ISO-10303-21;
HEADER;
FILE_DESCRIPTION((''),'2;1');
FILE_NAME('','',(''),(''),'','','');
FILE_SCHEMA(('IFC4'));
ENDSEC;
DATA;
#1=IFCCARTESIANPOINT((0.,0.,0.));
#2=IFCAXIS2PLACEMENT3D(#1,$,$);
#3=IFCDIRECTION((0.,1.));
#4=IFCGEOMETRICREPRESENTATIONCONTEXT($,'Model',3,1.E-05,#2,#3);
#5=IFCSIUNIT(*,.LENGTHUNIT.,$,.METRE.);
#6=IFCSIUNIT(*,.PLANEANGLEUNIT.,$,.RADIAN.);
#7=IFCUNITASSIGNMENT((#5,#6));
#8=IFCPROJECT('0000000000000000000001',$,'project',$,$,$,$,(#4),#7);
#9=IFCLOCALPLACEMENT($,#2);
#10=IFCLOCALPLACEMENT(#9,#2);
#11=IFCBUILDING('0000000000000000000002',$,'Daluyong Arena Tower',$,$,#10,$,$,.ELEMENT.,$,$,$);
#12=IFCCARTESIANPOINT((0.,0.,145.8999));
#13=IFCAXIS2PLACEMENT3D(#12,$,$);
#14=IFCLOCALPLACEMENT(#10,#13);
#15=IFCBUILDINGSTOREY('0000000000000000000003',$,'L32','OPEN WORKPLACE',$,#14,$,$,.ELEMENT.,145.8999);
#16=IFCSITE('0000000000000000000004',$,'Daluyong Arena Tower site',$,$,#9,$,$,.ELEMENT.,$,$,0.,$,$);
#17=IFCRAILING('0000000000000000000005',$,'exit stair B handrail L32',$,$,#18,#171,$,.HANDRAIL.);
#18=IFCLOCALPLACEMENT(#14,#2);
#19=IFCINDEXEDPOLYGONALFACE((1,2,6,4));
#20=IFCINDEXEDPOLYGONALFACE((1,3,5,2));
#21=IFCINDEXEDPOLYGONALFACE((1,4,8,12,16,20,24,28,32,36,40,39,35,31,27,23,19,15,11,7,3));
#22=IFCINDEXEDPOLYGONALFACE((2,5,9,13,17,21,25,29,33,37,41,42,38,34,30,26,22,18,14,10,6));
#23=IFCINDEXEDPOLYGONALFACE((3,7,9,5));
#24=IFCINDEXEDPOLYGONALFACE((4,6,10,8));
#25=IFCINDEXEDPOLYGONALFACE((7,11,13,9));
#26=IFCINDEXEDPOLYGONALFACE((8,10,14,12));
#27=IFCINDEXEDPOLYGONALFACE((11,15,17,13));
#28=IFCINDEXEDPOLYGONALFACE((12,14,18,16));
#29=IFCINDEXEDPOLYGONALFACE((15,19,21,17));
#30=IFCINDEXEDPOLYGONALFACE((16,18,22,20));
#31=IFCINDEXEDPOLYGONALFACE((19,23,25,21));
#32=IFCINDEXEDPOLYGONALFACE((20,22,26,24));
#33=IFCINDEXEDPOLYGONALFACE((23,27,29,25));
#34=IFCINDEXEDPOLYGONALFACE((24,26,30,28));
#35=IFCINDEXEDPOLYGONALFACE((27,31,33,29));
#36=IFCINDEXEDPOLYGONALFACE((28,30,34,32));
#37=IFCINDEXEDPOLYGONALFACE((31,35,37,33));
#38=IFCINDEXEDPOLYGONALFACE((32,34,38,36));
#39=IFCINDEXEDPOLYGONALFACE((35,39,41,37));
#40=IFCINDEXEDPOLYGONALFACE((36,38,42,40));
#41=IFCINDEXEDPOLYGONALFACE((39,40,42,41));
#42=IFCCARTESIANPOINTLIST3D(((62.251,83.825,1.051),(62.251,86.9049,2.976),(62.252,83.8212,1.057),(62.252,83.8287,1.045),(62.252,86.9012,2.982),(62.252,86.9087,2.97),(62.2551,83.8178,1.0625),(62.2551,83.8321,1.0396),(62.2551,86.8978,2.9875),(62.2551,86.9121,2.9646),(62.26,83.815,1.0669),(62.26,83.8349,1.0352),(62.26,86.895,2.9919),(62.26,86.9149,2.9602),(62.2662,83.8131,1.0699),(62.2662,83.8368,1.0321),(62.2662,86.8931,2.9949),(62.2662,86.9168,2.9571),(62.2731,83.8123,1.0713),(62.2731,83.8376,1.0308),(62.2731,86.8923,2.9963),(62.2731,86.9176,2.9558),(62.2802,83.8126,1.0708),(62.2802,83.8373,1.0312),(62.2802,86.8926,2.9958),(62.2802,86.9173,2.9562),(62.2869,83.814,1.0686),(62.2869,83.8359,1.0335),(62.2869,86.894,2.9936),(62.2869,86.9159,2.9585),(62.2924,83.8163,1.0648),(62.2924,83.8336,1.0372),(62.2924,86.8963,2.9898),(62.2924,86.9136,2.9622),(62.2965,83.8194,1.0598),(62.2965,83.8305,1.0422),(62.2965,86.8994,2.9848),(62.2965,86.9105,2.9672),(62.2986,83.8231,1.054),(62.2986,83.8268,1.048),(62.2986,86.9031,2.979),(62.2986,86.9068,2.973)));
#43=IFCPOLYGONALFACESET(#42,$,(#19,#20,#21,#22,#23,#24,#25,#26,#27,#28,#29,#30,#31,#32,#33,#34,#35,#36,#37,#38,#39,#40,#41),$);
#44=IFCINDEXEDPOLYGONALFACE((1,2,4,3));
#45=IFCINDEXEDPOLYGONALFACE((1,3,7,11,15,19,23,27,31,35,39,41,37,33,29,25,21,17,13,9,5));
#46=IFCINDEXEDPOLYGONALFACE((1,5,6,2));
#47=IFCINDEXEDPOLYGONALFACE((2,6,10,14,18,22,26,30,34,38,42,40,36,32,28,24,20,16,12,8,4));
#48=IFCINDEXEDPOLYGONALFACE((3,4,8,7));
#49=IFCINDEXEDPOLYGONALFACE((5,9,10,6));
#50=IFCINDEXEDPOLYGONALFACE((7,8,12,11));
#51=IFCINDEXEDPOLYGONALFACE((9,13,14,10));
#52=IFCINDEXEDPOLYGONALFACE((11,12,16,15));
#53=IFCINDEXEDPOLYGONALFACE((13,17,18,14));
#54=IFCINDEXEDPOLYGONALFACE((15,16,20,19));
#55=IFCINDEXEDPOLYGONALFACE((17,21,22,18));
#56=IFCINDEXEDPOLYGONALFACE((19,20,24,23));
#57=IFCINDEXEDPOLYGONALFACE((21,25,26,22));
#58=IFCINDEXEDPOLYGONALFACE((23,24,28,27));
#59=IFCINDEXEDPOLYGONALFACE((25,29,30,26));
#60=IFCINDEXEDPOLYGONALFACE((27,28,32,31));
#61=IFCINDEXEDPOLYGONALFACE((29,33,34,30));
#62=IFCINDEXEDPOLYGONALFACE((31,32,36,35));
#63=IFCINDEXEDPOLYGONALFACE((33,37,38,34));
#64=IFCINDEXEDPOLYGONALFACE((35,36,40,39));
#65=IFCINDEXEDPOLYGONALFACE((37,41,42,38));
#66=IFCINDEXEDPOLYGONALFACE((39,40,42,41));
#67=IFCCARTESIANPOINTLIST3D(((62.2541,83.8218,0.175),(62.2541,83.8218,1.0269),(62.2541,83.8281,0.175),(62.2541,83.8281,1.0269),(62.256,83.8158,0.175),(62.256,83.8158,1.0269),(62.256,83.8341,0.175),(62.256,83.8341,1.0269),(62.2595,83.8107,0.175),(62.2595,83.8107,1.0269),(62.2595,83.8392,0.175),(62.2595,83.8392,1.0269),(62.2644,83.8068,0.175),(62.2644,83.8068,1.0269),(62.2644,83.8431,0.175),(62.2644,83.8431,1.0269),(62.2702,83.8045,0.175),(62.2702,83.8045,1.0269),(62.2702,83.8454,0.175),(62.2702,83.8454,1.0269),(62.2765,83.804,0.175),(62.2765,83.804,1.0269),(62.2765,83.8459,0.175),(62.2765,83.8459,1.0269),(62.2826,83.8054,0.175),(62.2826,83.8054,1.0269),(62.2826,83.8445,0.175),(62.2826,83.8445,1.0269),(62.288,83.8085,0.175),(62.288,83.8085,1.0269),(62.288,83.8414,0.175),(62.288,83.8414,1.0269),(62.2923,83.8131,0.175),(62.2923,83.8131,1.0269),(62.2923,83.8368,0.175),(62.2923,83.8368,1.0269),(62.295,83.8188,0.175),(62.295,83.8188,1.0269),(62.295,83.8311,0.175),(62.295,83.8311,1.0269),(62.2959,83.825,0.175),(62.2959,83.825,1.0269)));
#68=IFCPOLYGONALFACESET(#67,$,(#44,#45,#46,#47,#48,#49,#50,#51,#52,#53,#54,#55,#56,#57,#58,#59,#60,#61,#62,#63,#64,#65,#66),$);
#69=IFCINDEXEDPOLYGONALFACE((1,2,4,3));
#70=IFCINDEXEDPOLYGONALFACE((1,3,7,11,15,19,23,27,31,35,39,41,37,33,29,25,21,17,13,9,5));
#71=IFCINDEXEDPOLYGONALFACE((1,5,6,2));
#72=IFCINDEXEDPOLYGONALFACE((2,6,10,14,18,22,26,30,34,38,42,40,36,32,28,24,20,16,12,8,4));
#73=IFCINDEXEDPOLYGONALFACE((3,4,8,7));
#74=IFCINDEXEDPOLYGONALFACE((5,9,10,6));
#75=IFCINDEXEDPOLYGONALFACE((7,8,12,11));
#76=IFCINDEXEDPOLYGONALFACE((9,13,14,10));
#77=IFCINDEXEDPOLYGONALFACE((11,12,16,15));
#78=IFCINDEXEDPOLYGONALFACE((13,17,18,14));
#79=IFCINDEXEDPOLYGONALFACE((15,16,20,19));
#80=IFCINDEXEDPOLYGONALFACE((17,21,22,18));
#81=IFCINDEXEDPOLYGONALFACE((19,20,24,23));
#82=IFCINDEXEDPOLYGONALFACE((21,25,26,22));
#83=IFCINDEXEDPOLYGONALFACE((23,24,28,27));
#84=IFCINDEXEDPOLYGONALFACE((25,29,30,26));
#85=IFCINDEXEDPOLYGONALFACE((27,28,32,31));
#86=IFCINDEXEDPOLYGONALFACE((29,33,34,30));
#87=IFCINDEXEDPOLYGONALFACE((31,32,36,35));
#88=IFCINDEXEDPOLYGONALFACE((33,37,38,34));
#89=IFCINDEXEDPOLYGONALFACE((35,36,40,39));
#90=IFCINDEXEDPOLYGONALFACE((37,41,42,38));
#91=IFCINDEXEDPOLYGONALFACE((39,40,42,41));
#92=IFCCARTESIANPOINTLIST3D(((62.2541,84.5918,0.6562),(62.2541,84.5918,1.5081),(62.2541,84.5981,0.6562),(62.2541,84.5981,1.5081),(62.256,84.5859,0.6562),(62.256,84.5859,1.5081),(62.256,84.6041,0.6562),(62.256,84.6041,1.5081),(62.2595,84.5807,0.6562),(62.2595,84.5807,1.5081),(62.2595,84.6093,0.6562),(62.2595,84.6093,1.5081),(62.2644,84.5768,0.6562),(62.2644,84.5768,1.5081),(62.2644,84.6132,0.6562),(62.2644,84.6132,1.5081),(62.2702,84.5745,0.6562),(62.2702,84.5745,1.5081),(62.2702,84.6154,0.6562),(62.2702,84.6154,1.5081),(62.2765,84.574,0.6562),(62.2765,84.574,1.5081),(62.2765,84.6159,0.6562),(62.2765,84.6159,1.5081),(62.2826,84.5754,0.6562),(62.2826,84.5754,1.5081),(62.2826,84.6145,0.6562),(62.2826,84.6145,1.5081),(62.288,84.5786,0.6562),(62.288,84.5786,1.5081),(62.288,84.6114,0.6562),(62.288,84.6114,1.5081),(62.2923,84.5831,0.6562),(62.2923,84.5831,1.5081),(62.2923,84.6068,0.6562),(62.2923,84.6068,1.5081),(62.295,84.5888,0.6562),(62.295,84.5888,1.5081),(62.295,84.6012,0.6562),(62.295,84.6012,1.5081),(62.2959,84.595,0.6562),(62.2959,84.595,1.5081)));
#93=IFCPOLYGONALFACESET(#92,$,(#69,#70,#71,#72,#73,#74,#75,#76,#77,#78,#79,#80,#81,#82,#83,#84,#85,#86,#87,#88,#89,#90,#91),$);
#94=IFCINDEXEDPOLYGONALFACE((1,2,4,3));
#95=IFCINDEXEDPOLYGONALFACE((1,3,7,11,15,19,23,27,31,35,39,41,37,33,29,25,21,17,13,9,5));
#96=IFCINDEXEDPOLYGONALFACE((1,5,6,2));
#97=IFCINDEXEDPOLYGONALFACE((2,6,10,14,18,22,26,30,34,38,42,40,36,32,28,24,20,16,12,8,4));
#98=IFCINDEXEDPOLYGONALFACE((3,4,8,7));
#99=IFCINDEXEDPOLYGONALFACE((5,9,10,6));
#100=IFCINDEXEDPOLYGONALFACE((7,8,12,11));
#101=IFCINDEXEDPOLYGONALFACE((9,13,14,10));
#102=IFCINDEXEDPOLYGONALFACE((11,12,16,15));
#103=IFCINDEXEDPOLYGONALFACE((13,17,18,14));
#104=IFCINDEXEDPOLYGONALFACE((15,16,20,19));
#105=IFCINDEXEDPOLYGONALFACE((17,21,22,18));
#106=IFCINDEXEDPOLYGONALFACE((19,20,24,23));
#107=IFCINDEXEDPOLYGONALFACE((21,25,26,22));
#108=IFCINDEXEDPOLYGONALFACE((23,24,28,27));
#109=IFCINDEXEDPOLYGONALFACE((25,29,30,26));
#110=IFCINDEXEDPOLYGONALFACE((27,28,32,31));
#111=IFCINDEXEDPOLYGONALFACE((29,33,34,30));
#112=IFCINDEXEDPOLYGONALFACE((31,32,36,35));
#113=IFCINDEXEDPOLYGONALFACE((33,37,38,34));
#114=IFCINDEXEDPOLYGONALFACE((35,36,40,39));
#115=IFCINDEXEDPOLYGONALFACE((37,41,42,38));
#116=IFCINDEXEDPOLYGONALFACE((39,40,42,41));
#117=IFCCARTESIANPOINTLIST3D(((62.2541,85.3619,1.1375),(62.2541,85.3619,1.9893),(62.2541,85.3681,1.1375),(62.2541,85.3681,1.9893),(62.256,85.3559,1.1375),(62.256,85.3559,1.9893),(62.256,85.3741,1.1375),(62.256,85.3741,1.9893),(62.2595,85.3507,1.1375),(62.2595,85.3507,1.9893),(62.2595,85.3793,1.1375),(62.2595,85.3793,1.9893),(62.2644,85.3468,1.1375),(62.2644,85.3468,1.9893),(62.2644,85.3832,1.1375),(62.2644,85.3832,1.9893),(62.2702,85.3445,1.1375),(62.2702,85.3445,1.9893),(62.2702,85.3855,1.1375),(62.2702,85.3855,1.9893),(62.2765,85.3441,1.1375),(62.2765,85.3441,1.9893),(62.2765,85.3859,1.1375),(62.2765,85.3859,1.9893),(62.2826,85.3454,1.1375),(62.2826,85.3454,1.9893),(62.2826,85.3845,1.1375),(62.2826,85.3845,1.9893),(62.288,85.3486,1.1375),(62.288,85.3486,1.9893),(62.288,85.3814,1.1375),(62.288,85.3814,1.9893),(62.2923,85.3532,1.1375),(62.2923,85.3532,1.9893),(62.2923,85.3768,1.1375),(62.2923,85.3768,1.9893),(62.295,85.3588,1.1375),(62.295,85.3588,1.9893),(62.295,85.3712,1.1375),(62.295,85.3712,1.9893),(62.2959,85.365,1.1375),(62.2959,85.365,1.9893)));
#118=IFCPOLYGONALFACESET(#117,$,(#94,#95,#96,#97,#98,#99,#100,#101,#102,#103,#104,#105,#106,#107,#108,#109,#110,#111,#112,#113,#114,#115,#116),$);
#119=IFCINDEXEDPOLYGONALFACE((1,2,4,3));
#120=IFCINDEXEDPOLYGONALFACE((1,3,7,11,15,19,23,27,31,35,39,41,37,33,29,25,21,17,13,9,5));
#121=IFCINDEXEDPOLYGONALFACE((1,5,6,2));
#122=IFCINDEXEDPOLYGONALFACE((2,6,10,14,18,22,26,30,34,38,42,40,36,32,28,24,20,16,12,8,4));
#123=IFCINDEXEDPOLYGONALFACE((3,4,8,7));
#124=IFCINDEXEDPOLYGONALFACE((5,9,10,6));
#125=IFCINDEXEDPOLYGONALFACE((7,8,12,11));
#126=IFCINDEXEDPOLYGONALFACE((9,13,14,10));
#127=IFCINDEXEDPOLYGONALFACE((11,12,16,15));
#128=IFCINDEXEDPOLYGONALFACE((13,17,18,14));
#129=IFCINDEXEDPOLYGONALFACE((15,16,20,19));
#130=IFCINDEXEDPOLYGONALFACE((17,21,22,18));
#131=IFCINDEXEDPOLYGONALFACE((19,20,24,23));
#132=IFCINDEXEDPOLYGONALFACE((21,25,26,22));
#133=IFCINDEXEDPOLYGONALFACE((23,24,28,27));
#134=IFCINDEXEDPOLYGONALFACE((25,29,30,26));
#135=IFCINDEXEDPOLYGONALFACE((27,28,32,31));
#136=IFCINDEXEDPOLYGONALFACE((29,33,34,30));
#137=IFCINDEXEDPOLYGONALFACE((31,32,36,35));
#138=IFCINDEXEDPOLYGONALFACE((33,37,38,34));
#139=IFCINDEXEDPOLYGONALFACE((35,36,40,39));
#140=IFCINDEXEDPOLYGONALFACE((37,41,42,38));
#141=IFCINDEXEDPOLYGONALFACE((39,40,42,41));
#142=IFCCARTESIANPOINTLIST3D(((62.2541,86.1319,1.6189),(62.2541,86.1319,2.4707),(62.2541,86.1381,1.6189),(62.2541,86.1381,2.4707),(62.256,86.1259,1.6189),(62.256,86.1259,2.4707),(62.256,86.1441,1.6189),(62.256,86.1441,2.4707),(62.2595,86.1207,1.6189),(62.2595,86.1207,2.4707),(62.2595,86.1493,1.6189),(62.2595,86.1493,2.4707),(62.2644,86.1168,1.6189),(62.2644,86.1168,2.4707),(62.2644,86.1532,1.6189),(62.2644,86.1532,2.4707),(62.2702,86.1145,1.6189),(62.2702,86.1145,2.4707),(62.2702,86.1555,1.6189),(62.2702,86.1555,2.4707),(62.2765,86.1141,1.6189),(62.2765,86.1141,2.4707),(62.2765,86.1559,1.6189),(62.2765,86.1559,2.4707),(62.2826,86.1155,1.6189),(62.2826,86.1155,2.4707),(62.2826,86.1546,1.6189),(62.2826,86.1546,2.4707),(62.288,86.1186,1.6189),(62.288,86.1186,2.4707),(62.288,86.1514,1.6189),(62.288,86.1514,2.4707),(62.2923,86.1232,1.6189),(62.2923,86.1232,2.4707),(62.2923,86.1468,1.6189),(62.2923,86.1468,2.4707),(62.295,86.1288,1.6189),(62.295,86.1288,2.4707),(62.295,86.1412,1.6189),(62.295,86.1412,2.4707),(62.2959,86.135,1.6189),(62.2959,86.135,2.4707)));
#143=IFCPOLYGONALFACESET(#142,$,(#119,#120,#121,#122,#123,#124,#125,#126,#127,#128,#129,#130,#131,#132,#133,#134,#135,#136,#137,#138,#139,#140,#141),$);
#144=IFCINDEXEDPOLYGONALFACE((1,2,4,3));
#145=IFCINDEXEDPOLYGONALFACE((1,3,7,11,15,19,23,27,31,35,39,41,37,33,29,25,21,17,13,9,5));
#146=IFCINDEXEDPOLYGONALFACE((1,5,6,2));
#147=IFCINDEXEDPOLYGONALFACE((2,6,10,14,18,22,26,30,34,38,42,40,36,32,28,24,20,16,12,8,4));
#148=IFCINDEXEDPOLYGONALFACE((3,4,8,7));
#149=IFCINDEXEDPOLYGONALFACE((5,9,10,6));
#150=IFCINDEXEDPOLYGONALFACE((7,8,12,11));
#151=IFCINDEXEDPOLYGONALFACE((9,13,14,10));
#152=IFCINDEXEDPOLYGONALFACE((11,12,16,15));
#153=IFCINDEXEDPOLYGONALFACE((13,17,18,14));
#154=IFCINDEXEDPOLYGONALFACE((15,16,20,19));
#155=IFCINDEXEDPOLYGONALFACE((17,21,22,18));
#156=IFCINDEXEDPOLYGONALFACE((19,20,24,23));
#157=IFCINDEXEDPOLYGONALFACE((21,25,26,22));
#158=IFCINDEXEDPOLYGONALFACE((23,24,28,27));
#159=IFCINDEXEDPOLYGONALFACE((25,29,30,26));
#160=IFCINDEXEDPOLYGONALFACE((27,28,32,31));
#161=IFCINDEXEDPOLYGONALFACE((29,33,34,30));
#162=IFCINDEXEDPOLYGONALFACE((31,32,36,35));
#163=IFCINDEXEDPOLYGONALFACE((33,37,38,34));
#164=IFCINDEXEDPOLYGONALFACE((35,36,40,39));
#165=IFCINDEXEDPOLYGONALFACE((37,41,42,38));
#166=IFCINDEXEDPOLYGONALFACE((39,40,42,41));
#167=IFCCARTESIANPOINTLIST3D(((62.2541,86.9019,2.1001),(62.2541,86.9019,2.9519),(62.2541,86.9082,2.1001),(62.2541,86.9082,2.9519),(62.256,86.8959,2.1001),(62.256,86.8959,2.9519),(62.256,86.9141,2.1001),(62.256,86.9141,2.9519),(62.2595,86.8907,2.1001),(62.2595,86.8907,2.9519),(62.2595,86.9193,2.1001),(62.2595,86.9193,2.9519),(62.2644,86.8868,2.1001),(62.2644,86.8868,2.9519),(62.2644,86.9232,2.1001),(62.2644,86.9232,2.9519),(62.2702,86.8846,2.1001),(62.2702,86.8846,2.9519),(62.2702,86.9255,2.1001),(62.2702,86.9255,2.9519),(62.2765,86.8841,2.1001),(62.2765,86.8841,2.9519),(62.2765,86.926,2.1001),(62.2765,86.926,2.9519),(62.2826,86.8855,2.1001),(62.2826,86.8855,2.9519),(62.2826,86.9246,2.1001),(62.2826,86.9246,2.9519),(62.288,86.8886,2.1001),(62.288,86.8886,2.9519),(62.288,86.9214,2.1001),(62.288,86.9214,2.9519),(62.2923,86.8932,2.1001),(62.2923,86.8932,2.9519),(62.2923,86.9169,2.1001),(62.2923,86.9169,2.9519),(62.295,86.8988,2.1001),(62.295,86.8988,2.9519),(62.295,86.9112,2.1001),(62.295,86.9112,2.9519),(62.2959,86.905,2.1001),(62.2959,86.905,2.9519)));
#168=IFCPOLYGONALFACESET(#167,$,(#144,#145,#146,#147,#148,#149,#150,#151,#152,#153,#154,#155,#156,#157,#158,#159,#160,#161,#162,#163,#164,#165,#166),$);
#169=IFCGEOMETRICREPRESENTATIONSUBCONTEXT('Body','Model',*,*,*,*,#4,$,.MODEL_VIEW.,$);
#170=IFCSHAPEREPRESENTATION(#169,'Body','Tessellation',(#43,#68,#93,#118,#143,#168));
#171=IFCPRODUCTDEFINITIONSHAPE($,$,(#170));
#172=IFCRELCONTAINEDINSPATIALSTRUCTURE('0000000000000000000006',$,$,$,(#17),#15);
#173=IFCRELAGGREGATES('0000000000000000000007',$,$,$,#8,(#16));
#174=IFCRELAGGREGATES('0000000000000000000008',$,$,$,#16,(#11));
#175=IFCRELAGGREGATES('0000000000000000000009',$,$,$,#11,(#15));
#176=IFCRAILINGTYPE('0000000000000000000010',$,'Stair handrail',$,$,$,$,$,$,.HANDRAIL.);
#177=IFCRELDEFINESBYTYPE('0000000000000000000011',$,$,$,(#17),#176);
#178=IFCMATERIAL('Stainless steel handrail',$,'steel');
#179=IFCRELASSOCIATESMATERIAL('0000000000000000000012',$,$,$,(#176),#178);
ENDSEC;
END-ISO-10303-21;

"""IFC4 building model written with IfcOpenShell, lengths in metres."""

from ifc_helpers import new_model, si_unit, direction, frame, origin, origin_2d, place, context, subcontext, project, spatial, circle, extrude, material, type_object, element, save


model = new_model("IFC4")

# Units and contexts
model_context = context("Model", 3, precision=1e-05, world=origin(), true_north=direction((0.0, 1.0)))
body_context = subcontext(model_context, "Body", "Model", "MODEL_VIEW")
ifc_project = project(units=[si_unit("LENGTHUNIT", "METRE"), si_unit("PLANEANGLEUNIT", "RADIAN")], contexts=[model_context])

# Site, building, storey
site_placement = place(None, origin())
site = spatial("IfcSite", under=ifc_project, at=site_placement, Name="Daluyong Arena Tower site", CompositionType="ELEMENT", RefElevation=0.0)
building_placement = place(site_placement, origin())
building = spatial("IfcBuilding", under=site, at=building_placement, Name="Daluyong Arena Tower", CompositionType="ELEMENT")
storey_placement = place(building_placement, frame((0.0, 0.0, 145.8999)))
storey = spatial("IfcBuildingStorey", under=building, at=storey_placement, Name="L32", Description="OPEN WORKPLACE", CompositionType="ELEMENT", Elevation=145.8999)

# Railing
ifc_material_1 = material(Name="Stainless steel handrail", Category="steel")
railing_type_1 = type_object("IfcRailingType", Name="Stair handrail", PredefinedType="HANDRAIL", material=ifc_material_1)
railing_1_placement = place(storey_placement, frame((62.2749, 83.825, 0.175)))
element("IfcRailing", 1, at=railing_1_placement, inside=storey, type_object=railing_type_1, Name="exit stair B handrail L32", PredefinedType="HANDRAIL", context=body_context, shape_type="SweptSolid", body=[
    extrude(circle(Radius=0.0239, at=origin_2d()), frame((0.0, 0.0, 0.876), z_axis=(0.0, 0.847998, 0.529999), x_axis=(-1.0, 0.0, 0.0)), (0.0, 0.0, 1.0), 3.6321),
    extrude(circle(Radius=0.021, at=origin_2d()), origin(), (0.0, 0.0, 1.0), 0.8518),
    extrude(circle(Radius=0.021, at=origin_2d()), frame((0.0, 0.77, 0.4812)), (0.0, 0.0, 1.0), 0.8518),
    extrude(circle(Radius=0.021, at=origin_2d()), frame((0.0, 1.54, 0.9624)), (0.0, 0.0, 1.0), 0.8518),
    extrude(circle(Radius=0.021, at=origin_2d()), frame((0.0, 2.3101, 1.4438)), (0.0, 0.0, 1.0), 0.8518),
    extrude(circle(Radius=0.021, at=origin_2d()), frame((0.0, 3.0801, 1.925)), (0.0, 0.0, 1.0), 0.8518),
])

save(model, "model.ifc")
